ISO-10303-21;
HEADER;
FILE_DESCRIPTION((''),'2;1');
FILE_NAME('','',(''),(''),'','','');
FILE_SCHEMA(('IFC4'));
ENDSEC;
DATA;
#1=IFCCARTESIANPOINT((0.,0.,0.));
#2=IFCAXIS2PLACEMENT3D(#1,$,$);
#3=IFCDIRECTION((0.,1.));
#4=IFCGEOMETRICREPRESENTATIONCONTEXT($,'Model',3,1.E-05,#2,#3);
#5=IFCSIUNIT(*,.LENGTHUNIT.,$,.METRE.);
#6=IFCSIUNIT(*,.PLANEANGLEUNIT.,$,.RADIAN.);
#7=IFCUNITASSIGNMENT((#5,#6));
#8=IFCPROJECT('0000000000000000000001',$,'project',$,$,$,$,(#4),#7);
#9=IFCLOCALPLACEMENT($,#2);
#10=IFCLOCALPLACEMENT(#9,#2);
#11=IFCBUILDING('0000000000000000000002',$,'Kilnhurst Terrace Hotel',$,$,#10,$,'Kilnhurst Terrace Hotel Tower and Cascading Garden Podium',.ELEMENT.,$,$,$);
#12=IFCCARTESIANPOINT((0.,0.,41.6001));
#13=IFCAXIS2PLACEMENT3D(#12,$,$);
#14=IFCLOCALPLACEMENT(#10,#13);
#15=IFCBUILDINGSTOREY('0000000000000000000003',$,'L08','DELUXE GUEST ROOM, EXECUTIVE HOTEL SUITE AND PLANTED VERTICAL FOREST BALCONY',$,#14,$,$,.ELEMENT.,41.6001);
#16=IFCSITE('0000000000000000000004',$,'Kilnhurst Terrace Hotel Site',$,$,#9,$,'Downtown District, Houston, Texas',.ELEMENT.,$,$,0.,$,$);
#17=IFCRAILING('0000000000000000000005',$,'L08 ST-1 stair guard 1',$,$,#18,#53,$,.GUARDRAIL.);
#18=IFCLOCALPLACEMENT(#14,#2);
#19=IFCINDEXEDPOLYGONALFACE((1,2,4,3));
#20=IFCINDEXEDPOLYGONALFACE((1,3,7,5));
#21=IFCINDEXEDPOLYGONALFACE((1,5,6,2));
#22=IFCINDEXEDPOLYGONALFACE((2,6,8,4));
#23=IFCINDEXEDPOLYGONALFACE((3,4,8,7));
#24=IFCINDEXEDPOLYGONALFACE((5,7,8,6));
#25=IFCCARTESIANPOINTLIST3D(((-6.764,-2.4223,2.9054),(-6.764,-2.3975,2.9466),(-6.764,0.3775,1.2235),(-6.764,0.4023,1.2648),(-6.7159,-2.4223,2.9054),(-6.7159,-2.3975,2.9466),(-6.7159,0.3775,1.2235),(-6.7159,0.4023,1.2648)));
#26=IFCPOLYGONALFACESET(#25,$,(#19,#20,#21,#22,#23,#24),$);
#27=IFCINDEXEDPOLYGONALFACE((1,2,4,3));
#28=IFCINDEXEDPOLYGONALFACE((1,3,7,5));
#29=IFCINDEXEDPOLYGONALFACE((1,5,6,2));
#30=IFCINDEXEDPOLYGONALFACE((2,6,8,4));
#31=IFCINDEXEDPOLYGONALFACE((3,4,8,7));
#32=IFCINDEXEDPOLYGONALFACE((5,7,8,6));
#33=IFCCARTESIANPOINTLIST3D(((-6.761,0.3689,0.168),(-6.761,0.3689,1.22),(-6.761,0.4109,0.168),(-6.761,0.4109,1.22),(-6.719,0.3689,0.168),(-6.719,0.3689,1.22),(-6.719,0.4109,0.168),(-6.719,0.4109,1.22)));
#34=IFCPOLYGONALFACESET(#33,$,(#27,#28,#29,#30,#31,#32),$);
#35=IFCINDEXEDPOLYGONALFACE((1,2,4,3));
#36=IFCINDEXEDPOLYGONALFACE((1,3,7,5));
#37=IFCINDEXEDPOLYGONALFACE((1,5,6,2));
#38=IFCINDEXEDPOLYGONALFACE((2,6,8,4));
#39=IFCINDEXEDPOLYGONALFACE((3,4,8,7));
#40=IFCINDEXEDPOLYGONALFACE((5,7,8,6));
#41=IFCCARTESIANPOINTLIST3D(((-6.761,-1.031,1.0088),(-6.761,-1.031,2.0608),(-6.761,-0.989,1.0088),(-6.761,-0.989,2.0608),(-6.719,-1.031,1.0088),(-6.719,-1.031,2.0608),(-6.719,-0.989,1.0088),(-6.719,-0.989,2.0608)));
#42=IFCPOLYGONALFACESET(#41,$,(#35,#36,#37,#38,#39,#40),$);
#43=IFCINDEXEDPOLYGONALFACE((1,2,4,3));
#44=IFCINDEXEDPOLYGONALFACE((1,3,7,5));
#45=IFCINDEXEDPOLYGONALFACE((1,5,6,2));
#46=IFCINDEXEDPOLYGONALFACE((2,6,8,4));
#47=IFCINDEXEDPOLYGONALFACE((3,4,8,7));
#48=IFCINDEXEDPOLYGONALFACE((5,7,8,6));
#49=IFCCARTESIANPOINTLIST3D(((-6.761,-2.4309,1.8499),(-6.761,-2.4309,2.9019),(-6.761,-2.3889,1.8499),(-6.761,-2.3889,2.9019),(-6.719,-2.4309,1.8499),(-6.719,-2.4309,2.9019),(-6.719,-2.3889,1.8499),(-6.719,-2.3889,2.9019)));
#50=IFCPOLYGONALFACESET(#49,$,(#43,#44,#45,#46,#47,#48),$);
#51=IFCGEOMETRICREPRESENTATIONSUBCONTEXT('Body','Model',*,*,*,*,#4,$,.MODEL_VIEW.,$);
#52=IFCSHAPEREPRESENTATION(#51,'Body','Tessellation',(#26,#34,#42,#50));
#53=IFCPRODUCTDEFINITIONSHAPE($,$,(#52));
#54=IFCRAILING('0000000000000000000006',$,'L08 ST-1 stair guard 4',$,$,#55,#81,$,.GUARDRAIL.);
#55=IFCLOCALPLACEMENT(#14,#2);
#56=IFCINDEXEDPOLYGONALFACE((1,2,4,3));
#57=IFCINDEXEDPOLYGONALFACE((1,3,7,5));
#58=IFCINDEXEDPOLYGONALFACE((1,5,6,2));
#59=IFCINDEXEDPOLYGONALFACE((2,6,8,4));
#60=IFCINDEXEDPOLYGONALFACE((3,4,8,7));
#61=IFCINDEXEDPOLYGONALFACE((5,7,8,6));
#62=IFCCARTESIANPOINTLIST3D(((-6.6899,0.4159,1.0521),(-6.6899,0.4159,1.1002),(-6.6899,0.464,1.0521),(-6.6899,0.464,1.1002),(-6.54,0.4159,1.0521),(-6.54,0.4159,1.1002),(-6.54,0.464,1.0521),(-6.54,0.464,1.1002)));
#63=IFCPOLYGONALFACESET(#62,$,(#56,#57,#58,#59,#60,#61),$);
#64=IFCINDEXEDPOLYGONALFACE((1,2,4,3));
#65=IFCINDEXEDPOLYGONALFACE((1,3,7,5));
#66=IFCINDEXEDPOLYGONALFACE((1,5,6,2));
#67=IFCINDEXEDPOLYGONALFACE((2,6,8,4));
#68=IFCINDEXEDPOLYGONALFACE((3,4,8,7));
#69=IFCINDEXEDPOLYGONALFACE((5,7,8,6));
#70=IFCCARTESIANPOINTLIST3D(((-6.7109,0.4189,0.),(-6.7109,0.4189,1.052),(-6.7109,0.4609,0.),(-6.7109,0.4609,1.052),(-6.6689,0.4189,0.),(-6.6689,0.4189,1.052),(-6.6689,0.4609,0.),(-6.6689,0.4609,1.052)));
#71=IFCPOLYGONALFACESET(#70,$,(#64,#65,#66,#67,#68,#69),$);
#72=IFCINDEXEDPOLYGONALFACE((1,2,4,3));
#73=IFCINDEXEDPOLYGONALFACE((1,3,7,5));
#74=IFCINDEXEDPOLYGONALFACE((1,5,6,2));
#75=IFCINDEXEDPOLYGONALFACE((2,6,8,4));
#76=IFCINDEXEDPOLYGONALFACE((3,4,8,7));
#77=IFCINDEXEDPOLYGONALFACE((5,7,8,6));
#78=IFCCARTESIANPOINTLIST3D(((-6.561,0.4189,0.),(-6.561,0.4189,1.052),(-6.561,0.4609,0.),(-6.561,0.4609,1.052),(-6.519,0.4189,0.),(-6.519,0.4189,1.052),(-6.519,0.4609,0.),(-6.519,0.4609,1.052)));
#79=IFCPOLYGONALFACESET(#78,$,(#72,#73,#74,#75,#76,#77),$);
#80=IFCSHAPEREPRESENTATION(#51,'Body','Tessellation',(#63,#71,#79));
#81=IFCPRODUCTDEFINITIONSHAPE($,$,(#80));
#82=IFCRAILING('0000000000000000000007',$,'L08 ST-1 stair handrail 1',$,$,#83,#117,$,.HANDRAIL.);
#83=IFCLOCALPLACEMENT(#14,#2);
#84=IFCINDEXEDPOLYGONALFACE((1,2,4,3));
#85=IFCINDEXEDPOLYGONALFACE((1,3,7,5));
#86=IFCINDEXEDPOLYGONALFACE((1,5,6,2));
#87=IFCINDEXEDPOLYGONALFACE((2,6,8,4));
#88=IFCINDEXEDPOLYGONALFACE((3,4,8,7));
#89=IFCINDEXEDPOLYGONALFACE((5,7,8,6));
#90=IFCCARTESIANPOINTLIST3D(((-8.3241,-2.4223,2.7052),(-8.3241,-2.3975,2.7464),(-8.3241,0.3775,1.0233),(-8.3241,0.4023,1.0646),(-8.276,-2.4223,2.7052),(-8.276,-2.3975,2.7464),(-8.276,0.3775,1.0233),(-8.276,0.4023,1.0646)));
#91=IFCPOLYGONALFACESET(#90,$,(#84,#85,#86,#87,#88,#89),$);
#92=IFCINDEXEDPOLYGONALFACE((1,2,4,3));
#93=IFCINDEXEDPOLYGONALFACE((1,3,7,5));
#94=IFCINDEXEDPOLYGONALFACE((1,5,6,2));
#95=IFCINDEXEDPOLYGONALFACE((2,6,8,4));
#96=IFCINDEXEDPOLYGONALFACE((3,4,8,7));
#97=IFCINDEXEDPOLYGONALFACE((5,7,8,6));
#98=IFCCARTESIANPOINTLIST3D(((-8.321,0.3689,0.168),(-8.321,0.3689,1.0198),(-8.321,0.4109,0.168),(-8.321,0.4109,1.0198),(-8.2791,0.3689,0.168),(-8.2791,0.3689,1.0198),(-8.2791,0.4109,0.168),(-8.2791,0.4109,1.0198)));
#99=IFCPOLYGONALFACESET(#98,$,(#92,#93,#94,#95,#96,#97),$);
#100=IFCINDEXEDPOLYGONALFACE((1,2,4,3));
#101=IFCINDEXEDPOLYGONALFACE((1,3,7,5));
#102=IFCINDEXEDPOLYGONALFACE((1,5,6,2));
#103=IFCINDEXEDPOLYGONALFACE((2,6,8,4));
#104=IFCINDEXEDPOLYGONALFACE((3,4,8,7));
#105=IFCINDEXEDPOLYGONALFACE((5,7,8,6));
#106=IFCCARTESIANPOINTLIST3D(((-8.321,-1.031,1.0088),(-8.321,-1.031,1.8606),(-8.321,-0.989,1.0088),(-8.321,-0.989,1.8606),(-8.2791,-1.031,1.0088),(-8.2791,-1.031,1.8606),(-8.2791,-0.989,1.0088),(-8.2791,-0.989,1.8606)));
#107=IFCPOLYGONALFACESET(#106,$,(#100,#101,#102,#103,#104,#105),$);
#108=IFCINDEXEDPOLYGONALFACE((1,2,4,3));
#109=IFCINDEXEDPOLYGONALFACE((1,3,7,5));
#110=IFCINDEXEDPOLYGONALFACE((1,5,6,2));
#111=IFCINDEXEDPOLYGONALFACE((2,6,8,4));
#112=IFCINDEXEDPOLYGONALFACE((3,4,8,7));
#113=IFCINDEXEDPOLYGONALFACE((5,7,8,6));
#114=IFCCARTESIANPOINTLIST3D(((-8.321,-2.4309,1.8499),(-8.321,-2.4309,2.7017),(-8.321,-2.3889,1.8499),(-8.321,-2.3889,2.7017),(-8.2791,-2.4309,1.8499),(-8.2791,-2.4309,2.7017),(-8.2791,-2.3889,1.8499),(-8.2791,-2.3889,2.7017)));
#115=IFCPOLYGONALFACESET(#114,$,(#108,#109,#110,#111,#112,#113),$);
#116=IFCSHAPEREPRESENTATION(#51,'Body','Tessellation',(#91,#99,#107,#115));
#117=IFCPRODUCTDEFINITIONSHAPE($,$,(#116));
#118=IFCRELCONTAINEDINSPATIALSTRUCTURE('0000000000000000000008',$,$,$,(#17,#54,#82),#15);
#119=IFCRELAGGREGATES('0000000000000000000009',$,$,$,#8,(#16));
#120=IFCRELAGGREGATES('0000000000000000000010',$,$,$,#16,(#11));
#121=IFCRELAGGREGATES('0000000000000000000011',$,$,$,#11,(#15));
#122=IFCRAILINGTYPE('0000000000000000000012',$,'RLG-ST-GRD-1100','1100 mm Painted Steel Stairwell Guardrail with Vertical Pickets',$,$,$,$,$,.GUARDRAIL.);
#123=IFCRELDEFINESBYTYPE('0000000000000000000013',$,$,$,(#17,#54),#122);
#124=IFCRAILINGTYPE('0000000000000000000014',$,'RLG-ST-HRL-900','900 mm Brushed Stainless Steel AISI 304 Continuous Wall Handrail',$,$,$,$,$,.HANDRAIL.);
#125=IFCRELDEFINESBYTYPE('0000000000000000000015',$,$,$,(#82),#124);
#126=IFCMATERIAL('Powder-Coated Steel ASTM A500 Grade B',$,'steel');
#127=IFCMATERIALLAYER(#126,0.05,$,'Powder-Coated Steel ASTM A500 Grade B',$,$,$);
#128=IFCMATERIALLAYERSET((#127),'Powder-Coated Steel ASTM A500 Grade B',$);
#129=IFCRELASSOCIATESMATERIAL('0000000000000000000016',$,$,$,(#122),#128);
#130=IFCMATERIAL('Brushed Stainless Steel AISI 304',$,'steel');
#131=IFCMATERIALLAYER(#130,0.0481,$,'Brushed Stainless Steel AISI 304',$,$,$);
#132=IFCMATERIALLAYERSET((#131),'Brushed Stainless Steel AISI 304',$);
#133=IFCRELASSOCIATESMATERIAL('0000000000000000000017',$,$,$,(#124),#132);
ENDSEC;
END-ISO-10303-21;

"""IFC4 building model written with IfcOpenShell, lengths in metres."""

from ifc_helpers import new_model, si_unit, direction, frame, origin, origin_2d, place, context, subcontext, project, spatial, rectangle, extrude, material, layer, layer_set, type_object, element, save


model = new_model("IFC4")

# Units and contexts
model_context = context("Model", 3, precision=1e-05, world=origin(), true_north=direction((0.0, 1.0)))
body_context = subcontext(model_context, "Body", "Model", "MODEL_VIEW")
ifc_project = project(units=[si_unit("LENGTHUNIT", "METRE"), si_unit("PLANEANGLEUNIT", "RADIAN")], contexts=[model_context])

# Site, building, storey
site_placement = place(None, origin())
site = spatial("IfcSite", under=ifc_project, at=site_placement, Name="Kilnhurst Terrace Hotel Site", LongName="Downtown District, Houston, Texas", CompositionType="ELEMENT", RefElevation=0.0)
building_placement = place(site_placement, origin())
building = spatial("IfcBuilding", under=site, at=building_placement, Name="Kilnhurst Terrace Hotel", LongName="Kilnhurst Terrace Hotel Tower and Cascading Garden Podium", CompositionType="ELEMENT")
storey_placement = place(building_placement, frame((0.0, 0.0, 41.6001)))
storey = spatial("IfcBuildingStorey", under=building, at=storey_placement, Name="L08", Description="DELUXE GUEST ROOM, EXECUTIVE HOTEL SUITE AND PLANTED VERTICAL FOREST BALCONY", CompositionType="ELEMENT", Elevation=41.6001)

# Railings
ifc_material_1 = material(Name="Powder-Coated Steel ASTM A500 Grade B", Category="steel")
ifc_layer_1 = layer(ifc_material_1, 0.05, Name="Powder-Coated Steel ASTM A500 Grade B")
ifc_layer_set_1 = layer_set([ifc_layer_1], Name="Powder-Coated Steel ASTM A500 Grade B")
railing_type_1 = type_object("IfcRailingType", Name="RLG-ST-GRD-1100", Description="1100 mm Painted Steel Stairwell Guardrail with Vertical Pickets", PredefinedType="GUARDRAIL", material=ifc_layer_set_1)
railing_1_placement = place(storey_placement, frame((-6.74, 0.3899, 0.168)))
element("IfcRailing", 1, at=railing_1_placement, inside=storey, type_object=railing_type_1, Name="L08 ST-1 stair guard 1", PredefinedType="GUARDRAIL", context=body_context, shape_type="SweptSolid", body=[
    extrude(rectangle(XDim=0.0481, YDim=0.0481, at=origin_2d()), frame((0.0, 0.0, 1.0762), z_axis=(0.0, -0.857222, 0.514946), x_axis=(1.0, 0.0, 0.0)), (0.0, 0.0, 1.0), 3.2661),
    extrude(rectangle(XDim=0.042, YDim=0.042, at=origin_2d()), origin(), (0.0, 0.0, 1.0), 1.052),
    extrude(rectangle(XDim=0.042, YDim=0.042, at=origin_2d()), frame((0.0, -1.3999, 0.8408)), (0.0, 0.0, 1.0), 1.052),
    extrude(rectangle(XDim=0.042, YDim=0.042, at=origin_2d()), frame((0.0, -2.7998, 1.6819)), (0.0, 0.0, 1.0), 1.052),
])
railing_2_placement = place(storey_placement, frame((-6.6899, 0.4399, 0.0)))
element("IfcRailing", 2, at=railing_2_placement, inside=storey, type_object=railing_type_1, Name="L08 ST-1 stair guard 4", PredefinedType="GUARDRAIL", context=body_context, shape_type="SweptSolid", body=[
    extrude(rectangle(XDim=0.0481, YDim=0.0481, at=origin_2d()), frame((0.0, 0.0, 1.0762), z_axis=(1.0, 0.0, 0.0), x_axis=(0.0, 1.0, 0.0)), (0.0, 0.0, 1.0), 0.1499),
    extrude(rectangle(XDim=0.042, YDim=0.042, at=origin_2d()), origin(), (0.0, 0.0, 1.0), 1.052),
    extrude(rectangle(XDim=0.042, YDim=0.042, at=origin_2d()), frame((0.1499, 0.0, 0.0)), (0.0, 0.0, 1.0), 1.052),
])
ifc_material_2 = material(Name="Brushed Stainless Steel AISI 304", Category="steel")
ifc_layer_2 = layer(ifc_material_2, 0.0481, Name="Brushed Stainless Steel AISI 304")
ifc_layer_set_2 = layer_set([ifc_layer_2], Name="Brushed Stainless Steel AISI 304")
railing_type_2 = type_object("IfcRailingType", Name="RLG-ST-HRL-900", Description="900 mm Brushed Stainless Steel AISI 304 Continuous Wall Handrail", PredefinedType="HANDRAIL", material=ifc_layer_set_2)
railing_3_placement = place(storey_placement, frame((-8.3, 0.3899, 0.168)))
element("IfcRailing", 3, at=railing_3_placement, inside=storey, type_object=railing_type_2, Name="L08 ST-1 stair handrail 1", PredefinedType="HANDRAIL", context=body_context, shape_type="SweptSolid", body=[
    extrude(rectangle(XDim=0.0481, YDim=0.0481, at=origin_2d()), frame((0.0, 0.0, 0.876), z_axis=(0.0, -0.857222, 0.514946), x_axis=(1.0, 0.0, 0.0)), (0.0, 0.0, 1.0), 3.2661),
    extrude(rectangle(XDim=0.042, YDim=0.042, at=origin_2d()), origin(), (0.0, 0.0, 1.0), 0.8518),
    extrude(rectangle(XDim=0.042, YDim=0.042, at=origin_2d()), frame((0.0, -1.3999, 0.8408)), (0.0, 0.0, 1.0), 0.8518),
    extrude(rectangle(XDim=0.042, YDim=0.042, at=origin_2d()), frame((0.0, -2.7998, 1.6819)), (0.0, 0.0, 1.0), 0.8518),
])

save(model, "model.ifc")
